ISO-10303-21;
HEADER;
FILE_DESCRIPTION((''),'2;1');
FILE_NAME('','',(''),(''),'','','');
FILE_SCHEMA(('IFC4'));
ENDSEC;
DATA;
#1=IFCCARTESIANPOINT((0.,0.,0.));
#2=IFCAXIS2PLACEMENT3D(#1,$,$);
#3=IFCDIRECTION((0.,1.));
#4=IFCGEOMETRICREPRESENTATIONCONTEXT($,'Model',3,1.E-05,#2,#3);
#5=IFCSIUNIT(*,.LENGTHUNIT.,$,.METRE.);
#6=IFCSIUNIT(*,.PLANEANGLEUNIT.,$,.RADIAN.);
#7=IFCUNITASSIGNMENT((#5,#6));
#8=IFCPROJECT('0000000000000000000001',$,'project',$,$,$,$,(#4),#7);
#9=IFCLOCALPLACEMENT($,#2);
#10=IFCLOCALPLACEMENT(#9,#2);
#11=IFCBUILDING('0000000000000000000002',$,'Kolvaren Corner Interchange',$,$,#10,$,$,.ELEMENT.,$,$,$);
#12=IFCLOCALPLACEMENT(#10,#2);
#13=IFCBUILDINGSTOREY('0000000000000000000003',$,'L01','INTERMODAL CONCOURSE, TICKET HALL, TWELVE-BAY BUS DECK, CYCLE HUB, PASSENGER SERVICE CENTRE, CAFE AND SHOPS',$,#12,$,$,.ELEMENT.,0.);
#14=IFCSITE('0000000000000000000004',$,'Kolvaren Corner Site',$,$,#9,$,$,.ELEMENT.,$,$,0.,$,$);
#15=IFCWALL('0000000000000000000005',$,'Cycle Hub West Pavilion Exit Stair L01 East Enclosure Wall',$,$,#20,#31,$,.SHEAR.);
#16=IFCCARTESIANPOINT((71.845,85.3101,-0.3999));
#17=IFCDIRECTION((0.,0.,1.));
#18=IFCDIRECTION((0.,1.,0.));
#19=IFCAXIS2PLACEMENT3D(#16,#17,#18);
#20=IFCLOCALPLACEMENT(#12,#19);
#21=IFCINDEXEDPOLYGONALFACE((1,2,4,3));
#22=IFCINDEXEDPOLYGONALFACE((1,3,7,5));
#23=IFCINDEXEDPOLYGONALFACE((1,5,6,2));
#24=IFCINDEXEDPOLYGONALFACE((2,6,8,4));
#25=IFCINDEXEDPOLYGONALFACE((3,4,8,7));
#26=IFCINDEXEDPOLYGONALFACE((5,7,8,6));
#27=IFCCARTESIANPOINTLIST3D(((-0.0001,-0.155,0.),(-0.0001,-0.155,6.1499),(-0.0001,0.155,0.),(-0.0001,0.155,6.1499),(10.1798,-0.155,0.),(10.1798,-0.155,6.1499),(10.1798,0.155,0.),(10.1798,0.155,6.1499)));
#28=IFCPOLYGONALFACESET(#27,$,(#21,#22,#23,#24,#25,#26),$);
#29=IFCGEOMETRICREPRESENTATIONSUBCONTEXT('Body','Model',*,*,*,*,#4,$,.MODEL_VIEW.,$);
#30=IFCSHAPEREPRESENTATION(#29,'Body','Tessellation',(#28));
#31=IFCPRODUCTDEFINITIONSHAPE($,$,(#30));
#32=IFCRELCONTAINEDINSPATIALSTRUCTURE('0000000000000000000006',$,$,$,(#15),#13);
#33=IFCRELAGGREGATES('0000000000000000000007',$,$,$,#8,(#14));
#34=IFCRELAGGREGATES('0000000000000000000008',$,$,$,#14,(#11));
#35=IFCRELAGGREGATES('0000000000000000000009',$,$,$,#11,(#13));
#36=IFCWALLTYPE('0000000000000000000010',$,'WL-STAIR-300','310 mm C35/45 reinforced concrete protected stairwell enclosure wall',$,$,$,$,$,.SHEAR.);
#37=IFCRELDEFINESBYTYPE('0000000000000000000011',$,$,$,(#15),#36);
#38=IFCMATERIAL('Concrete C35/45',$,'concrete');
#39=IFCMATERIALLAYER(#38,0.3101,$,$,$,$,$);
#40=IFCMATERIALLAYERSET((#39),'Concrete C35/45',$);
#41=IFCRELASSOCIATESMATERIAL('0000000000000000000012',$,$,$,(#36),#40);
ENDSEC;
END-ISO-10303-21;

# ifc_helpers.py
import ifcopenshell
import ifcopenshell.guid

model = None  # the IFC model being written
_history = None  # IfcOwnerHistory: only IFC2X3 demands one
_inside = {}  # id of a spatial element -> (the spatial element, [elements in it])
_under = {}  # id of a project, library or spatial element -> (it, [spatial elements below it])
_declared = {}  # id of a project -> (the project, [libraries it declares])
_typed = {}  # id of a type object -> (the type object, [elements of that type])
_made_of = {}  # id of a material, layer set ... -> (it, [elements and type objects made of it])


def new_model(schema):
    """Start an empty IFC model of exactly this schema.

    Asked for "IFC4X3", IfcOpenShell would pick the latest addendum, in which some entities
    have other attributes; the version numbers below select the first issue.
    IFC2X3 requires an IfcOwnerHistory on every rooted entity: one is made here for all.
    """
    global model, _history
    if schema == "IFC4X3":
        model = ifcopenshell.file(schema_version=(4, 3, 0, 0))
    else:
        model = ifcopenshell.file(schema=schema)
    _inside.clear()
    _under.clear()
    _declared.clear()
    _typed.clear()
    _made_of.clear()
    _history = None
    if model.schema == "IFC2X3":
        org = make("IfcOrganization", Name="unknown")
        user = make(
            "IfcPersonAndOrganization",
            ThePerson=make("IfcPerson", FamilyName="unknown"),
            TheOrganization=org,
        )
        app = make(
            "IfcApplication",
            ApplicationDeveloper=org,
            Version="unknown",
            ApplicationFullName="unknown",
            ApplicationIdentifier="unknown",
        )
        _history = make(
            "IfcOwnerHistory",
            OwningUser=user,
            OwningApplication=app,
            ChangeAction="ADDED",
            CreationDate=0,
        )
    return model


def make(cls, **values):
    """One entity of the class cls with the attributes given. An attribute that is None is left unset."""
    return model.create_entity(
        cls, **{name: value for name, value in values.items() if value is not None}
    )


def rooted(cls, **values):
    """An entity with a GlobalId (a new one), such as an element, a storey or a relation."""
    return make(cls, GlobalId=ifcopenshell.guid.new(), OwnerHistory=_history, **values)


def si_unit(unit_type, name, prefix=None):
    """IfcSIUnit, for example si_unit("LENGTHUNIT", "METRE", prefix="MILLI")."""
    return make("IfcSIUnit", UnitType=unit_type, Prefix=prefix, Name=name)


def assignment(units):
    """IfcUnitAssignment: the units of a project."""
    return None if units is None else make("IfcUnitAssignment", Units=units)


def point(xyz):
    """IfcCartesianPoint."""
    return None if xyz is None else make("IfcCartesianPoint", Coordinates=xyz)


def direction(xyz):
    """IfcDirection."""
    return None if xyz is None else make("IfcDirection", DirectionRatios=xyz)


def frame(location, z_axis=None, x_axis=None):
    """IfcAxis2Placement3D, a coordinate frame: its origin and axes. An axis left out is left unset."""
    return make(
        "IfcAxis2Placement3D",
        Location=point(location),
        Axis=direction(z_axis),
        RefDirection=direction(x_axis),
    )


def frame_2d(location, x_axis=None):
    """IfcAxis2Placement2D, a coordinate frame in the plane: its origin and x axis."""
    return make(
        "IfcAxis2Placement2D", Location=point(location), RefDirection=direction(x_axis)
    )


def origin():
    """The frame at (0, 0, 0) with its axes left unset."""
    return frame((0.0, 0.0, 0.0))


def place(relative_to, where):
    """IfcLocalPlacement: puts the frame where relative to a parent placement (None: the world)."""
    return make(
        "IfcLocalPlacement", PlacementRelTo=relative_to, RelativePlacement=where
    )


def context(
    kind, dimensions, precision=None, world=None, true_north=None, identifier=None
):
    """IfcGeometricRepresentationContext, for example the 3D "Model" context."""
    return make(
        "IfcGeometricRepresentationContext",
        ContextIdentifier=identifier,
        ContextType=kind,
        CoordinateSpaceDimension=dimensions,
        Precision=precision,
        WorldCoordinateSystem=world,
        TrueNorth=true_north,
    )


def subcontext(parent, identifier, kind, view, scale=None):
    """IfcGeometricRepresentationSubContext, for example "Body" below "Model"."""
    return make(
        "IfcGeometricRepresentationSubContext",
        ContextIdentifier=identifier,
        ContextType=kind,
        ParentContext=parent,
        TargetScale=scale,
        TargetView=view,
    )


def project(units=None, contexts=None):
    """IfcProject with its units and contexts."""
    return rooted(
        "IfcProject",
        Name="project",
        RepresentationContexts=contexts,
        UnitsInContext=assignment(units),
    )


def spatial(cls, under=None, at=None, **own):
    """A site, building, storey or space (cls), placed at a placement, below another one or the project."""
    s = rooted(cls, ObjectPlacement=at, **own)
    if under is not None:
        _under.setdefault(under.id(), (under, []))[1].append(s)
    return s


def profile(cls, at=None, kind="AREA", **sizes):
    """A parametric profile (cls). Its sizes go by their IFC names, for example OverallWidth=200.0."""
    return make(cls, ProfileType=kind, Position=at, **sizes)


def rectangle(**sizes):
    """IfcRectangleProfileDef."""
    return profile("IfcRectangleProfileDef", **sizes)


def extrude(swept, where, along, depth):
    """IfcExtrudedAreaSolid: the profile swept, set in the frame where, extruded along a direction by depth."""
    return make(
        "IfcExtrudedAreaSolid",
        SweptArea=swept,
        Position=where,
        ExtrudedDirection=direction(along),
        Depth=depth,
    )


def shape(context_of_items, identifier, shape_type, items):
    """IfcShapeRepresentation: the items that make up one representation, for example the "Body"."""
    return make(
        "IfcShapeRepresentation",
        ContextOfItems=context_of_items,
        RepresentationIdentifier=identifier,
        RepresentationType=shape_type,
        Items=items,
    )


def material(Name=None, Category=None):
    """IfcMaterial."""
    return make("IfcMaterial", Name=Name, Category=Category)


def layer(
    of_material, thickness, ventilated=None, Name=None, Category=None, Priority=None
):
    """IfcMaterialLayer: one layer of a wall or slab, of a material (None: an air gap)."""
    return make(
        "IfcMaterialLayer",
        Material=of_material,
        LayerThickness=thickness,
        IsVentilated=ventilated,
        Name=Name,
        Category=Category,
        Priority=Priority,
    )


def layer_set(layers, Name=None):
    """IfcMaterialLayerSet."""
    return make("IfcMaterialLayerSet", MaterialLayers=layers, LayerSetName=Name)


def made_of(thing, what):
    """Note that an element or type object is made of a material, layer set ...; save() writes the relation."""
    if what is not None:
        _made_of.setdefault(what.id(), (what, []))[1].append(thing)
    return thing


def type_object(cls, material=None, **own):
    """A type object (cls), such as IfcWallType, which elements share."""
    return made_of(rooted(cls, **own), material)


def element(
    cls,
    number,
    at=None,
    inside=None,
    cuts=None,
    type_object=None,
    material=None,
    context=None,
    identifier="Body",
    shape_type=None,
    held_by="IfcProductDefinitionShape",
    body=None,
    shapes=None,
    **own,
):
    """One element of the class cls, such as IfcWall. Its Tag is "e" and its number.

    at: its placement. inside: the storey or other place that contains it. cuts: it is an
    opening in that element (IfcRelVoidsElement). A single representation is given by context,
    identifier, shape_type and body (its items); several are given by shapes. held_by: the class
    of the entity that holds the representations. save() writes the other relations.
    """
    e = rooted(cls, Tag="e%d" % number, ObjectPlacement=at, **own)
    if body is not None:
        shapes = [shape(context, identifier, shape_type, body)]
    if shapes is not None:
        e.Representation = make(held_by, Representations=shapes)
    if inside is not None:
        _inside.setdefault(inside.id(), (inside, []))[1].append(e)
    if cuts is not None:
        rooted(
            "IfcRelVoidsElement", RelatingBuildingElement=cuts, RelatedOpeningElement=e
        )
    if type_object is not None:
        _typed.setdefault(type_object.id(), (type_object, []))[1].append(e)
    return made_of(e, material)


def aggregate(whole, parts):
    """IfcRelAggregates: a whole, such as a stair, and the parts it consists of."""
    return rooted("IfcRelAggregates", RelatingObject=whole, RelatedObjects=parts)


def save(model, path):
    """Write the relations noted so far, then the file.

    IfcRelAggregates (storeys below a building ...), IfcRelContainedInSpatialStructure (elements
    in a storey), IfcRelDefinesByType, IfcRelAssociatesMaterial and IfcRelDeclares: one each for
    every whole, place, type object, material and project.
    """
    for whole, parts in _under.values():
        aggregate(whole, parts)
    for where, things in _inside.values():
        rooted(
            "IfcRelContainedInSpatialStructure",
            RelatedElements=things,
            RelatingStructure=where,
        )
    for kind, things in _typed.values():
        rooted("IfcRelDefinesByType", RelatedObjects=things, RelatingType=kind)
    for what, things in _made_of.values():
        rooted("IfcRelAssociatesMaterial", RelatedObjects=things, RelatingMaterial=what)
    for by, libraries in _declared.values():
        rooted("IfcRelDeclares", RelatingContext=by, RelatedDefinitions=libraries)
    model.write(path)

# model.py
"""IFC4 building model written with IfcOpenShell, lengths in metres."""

from ifc_helpers import new_model, si_unit, direction, frame, frame_2d, origin, place, context, subcontext, project, spatial, rectangle, extrude, material, layer, layer_set, type_object, element, save


model = new_model("IFC4")

# Units and contexts
model_context = context("Model", 3, precision=1e-05, world=origin(), true_north=direction((0.0, 1.0)))
body_context = subcontext(model_context, "Body", "Model", "MODEL_VIEW")
ifc_project = project(units=[si_unit("LENGTHUNIT", "METRE"), si_unit("PLANEANGLEUNIT", "RADIAN")], contexts=[model_context])

# Site, building, storey
site_placement = place(None, origin())
site = spatial("IfcSite", under=ifc_project, at=site_placement, Name="Kolvaren Corner Site", CompositionType="ELEMENT", RefElevation=0.0)
building_placement = place(site_placement, origin())
building = spatial("IfcBuilding", under=site, at=building_placement, Name="Kolvaren Corner Interchange", CompositionType="ELEMENT")
storey_placement = place(building_placement, origin())
storey = spatial("IfcBuildingStorey", under=building, at=storey_placement, Name="L01", Description="INTERMODAL CONCOURSE, TICKET HALL, TWELVE-BAY BUS DECK, CYCLE HUB, PASSENGER SERVICE CENTRE, CAFE AND SHOPS", CompositionType="ELEMENT", Elevation=0.0)

# Wall
ifc_material_1 = material(Name="Concrete C35/45", Category="concrete")
ifc_layer_1 = layer(ifc_material_1, 0.3101)
ifc_layer_set_1 = layer_set([ifc_layer_1], Name="Concrete C35/45")
wall_type_1 = type_object("IfcWallType", Name="WL-STAIR-300", Description="310 mm C35/45 reinforced concrete protected stairwell enclosure wall", PredefinedType="SHEAR", material=ifc_layer_set_1)
wall_1_placement = place(storey_placement, frame((71.845, 85.3101, -0.3999), z_axis=(0.0, 0.0, 1.0), x_axis=(0.0, 1.0, 0.0)))
element("IfcWall", 1, at=wall_1_placement, inside=storey, type_object=wall_type_1, Name="Cycle Hub West Pavilion Exit Stair L01 East Enclosure Wall", PredefinedType="SHEAR", context=body_context, shape_type="SweptSolid", body=[
    extrude(rectangle(XDim=10.1799, YDim=0.3101, at=frame_2d((5.0898, 0.0))), origin(), (0.0, 0.0, 1.0), 6.1499),
])

save(model, "model.ifc")
